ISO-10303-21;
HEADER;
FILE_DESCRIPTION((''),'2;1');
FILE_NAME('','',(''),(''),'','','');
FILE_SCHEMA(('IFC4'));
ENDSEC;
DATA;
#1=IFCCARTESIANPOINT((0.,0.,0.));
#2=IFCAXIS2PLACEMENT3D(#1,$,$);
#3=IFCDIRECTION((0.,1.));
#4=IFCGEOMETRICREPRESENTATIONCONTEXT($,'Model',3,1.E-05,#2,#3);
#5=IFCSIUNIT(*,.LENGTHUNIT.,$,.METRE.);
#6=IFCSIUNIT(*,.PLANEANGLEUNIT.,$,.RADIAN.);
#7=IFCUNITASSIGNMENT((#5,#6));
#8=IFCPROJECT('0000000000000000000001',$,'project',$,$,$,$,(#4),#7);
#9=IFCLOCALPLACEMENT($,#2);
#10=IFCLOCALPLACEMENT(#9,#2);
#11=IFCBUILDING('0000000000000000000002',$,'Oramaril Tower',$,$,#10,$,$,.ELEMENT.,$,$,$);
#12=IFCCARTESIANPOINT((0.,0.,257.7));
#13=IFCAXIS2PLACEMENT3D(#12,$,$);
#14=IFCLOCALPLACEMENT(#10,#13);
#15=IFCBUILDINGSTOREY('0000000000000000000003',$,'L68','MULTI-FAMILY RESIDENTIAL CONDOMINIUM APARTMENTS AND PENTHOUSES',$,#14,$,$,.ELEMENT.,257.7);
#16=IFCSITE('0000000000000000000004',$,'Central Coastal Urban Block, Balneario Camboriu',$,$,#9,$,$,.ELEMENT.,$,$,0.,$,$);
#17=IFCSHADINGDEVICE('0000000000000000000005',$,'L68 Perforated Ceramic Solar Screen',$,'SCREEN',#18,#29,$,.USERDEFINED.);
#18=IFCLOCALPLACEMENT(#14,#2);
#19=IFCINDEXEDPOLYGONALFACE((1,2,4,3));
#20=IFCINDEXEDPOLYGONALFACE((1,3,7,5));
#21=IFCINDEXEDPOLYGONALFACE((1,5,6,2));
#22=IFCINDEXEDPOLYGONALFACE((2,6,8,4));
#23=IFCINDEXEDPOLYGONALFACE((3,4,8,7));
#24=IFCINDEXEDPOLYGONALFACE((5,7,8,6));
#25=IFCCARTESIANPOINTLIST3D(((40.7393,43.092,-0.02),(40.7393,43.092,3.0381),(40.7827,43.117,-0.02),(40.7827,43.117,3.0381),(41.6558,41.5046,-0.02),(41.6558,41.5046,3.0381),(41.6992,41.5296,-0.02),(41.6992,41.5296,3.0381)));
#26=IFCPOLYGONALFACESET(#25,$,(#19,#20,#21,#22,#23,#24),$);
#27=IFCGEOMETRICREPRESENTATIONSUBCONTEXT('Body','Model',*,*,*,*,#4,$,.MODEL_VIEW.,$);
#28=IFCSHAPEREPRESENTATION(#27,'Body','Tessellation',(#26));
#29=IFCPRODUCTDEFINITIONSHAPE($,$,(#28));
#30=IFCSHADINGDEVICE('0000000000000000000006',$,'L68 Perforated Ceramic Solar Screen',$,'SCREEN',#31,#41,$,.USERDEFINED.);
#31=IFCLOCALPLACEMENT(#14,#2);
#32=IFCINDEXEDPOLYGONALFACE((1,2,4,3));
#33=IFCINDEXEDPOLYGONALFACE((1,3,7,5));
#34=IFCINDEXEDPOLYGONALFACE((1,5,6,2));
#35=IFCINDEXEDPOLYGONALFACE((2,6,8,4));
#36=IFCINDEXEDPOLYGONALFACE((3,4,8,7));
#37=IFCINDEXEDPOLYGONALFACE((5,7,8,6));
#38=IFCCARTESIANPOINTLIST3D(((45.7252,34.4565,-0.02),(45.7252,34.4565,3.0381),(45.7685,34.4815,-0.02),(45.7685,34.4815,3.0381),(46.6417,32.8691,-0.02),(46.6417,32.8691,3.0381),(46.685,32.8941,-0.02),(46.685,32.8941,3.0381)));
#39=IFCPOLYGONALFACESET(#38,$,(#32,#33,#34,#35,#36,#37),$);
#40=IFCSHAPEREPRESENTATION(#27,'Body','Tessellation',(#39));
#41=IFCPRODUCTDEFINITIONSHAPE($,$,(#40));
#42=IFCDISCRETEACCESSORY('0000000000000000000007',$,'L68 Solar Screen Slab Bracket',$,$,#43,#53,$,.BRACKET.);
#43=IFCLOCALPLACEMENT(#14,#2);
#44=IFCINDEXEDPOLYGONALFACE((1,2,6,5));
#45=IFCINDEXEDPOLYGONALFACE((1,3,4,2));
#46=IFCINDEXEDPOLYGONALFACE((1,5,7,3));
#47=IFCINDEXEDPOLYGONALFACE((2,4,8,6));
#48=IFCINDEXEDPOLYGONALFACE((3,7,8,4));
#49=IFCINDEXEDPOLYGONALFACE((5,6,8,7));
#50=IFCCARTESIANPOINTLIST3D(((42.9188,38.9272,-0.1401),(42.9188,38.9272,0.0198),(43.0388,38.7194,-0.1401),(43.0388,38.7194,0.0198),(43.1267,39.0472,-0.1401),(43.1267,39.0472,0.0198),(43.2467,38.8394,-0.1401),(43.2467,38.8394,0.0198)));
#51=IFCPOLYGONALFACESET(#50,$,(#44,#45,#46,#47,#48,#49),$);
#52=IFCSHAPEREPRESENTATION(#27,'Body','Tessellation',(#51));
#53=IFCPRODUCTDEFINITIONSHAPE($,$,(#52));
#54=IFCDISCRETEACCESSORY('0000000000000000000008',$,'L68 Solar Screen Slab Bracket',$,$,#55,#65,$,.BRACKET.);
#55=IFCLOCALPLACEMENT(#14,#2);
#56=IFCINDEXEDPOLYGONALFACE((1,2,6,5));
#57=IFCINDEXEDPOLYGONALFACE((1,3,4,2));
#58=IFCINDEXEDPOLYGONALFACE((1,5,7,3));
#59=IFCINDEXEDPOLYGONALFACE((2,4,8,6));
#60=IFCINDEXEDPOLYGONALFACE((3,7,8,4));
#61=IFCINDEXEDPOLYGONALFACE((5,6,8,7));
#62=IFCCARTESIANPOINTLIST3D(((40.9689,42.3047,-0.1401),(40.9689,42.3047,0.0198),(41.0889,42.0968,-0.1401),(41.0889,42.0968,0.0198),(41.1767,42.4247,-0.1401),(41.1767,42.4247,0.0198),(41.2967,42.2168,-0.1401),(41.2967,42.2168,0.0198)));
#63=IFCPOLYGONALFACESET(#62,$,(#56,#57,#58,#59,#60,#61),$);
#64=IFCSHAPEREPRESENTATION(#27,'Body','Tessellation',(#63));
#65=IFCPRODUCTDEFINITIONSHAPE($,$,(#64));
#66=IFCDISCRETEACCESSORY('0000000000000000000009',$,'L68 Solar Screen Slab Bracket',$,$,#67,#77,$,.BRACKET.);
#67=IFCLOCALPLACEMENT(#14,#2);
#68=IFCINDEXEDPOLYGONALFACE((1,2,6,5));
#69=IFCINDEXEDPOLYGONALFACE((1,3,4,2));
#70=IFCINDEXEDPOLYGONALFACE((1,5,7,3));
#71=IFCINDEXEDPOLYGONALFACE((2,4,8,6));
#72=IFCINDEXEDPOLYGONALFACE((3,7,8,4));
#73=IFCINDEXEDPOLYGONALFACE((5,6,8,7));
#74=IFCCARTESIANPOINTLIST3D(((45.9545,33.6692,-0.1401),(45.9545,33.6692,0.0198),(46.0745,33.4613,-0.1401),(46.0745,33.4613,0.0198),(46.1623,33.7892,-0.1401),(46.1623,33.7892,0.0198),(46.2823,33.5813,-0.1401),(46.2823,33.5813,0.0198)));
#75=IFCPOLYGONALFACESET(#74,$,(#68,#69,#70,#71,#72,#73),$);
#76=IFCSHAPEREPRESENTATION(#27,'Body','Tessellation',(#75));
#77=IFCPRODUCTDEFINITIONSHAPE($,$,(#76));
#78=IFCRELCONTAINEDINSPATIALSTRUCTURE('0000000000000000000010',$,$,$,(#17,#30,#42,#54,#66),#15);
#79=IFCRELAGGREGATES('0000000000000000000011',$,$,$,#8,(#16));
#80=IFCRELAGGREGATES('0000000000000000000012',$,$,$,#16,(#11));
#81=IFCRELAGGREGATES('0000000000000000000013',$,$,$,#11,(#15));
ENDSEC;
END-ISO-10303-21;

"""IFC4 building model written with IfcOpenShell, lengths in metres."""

from ifc_helpers import new_model, si_unit, direction, frame, origin, origin_2d, place, context, subcontext, project, spatial, rectangle, extrude, element, save


model = new_model("IFC4")

# Units and contexts
model_context = context("Model", 3, precision=1e-05, world=origin(), true_north=direction((0.0, 1.0)))
body_context = subcontext(model_context, "Body", "Model", "MODEL_VIEW")
ifc_project = project(units=[si_unit("LENGTHUNIT", "METRE"), si_unit("PLANEANGLEUNIT", "RADIAN")], contexts=[model_context])

# Site, building, storey
site_placement = place(None, origin())
site = spatial("IfcSite", under=ifc_project, at=site_placement, Name="Central Coastal Urban Block, Balneario Camboriu", CompositionType="ELEMENT", RefElevation=0.0)
building_placement = place(site_placement, origin())
building = spatial("IfcBuilding", under=site, at=building_placement, Name="Oramaril Tower", CompositionType="ELEMENT")
storey_placement = place(building_placement, frame((0.0, 0.0, 257.7)))
storey = spatial("IfcBuildingStorey", under=building, at=storey_placement, Name="L68", Description="MULTI-FAMILY RESIDENTIAL CONDOMINIUM APARTMENTS AND PENTHOUSES", CompositionType="ELEMENT", Elevation=257.7)

# Shading devices
for number, where, z_axis, x_axis, name in (
    (1, (41.2192, 42.3108, -0.02), (0.0, 0.0, 1.0), (-0.5, 0.866025, 0.0), "L68 Perforated Ceramic Solar Screen"),
    (2, (46.2051, 33.6753, -0.02), (0.0, 0.0, 1.0), (-0.5, 0.866025, 0.0), "L68 Perforated Ceramic Solar Screen"),
):
    element("IfcShadingDevice", number, at=place(storey_placement, frame(where, z_axis=z_axis, x_axis=x_axis)), inside=storey, Name=name, ObjectType="SCREEN", PredefinedType="USERDEFINED", context=body_context, shape_type="SweptSolid", body=[
        extrude(rectangle(XDim=1.833, YDim=0.05, at=origin_2d()), origin(), (0.0, 0.0, 1.0), 3.0581),
    ])

# Discrete accessories
for number, where, z_axis, x_axis, name in (
    (3, (43.0828, 38.8833, -0.1401), (0.0, 0.0, 1.0), (-0.5, 0.866025, 0.0), "L68 Solar Screen Slab Bracket"),
    (4, (41.1328, 42.2607, -0.1401), (0.0, 0.0, 1.0), (-0.5, 0.866025, 0.0), "L68 Solar Screen Slab Bracket"),
    (5, (46.1184, 33.6252, -0.1401), (0.0, 0.0, 1.0), (-0.5, 0.866025, 0.0), "L68 Solar Screen Slab Bracket"),
):
    element("IfcDiscreteAccessory", number, at=place(storey_placement, frame(where, z_axis=z_axis, x_axis=x_axis)), inside=storey, Name=name, PredefinedType="BRACKET", context=body_context, shape_type="SweptSolid", body=[
        extrude(rectangle(XDim=0.24, YDim=0.24, at=origin_2d()), origin(), (0.0, 0.0, 1.0), 0.1599),
    ])

save(model, "model.ifc")
